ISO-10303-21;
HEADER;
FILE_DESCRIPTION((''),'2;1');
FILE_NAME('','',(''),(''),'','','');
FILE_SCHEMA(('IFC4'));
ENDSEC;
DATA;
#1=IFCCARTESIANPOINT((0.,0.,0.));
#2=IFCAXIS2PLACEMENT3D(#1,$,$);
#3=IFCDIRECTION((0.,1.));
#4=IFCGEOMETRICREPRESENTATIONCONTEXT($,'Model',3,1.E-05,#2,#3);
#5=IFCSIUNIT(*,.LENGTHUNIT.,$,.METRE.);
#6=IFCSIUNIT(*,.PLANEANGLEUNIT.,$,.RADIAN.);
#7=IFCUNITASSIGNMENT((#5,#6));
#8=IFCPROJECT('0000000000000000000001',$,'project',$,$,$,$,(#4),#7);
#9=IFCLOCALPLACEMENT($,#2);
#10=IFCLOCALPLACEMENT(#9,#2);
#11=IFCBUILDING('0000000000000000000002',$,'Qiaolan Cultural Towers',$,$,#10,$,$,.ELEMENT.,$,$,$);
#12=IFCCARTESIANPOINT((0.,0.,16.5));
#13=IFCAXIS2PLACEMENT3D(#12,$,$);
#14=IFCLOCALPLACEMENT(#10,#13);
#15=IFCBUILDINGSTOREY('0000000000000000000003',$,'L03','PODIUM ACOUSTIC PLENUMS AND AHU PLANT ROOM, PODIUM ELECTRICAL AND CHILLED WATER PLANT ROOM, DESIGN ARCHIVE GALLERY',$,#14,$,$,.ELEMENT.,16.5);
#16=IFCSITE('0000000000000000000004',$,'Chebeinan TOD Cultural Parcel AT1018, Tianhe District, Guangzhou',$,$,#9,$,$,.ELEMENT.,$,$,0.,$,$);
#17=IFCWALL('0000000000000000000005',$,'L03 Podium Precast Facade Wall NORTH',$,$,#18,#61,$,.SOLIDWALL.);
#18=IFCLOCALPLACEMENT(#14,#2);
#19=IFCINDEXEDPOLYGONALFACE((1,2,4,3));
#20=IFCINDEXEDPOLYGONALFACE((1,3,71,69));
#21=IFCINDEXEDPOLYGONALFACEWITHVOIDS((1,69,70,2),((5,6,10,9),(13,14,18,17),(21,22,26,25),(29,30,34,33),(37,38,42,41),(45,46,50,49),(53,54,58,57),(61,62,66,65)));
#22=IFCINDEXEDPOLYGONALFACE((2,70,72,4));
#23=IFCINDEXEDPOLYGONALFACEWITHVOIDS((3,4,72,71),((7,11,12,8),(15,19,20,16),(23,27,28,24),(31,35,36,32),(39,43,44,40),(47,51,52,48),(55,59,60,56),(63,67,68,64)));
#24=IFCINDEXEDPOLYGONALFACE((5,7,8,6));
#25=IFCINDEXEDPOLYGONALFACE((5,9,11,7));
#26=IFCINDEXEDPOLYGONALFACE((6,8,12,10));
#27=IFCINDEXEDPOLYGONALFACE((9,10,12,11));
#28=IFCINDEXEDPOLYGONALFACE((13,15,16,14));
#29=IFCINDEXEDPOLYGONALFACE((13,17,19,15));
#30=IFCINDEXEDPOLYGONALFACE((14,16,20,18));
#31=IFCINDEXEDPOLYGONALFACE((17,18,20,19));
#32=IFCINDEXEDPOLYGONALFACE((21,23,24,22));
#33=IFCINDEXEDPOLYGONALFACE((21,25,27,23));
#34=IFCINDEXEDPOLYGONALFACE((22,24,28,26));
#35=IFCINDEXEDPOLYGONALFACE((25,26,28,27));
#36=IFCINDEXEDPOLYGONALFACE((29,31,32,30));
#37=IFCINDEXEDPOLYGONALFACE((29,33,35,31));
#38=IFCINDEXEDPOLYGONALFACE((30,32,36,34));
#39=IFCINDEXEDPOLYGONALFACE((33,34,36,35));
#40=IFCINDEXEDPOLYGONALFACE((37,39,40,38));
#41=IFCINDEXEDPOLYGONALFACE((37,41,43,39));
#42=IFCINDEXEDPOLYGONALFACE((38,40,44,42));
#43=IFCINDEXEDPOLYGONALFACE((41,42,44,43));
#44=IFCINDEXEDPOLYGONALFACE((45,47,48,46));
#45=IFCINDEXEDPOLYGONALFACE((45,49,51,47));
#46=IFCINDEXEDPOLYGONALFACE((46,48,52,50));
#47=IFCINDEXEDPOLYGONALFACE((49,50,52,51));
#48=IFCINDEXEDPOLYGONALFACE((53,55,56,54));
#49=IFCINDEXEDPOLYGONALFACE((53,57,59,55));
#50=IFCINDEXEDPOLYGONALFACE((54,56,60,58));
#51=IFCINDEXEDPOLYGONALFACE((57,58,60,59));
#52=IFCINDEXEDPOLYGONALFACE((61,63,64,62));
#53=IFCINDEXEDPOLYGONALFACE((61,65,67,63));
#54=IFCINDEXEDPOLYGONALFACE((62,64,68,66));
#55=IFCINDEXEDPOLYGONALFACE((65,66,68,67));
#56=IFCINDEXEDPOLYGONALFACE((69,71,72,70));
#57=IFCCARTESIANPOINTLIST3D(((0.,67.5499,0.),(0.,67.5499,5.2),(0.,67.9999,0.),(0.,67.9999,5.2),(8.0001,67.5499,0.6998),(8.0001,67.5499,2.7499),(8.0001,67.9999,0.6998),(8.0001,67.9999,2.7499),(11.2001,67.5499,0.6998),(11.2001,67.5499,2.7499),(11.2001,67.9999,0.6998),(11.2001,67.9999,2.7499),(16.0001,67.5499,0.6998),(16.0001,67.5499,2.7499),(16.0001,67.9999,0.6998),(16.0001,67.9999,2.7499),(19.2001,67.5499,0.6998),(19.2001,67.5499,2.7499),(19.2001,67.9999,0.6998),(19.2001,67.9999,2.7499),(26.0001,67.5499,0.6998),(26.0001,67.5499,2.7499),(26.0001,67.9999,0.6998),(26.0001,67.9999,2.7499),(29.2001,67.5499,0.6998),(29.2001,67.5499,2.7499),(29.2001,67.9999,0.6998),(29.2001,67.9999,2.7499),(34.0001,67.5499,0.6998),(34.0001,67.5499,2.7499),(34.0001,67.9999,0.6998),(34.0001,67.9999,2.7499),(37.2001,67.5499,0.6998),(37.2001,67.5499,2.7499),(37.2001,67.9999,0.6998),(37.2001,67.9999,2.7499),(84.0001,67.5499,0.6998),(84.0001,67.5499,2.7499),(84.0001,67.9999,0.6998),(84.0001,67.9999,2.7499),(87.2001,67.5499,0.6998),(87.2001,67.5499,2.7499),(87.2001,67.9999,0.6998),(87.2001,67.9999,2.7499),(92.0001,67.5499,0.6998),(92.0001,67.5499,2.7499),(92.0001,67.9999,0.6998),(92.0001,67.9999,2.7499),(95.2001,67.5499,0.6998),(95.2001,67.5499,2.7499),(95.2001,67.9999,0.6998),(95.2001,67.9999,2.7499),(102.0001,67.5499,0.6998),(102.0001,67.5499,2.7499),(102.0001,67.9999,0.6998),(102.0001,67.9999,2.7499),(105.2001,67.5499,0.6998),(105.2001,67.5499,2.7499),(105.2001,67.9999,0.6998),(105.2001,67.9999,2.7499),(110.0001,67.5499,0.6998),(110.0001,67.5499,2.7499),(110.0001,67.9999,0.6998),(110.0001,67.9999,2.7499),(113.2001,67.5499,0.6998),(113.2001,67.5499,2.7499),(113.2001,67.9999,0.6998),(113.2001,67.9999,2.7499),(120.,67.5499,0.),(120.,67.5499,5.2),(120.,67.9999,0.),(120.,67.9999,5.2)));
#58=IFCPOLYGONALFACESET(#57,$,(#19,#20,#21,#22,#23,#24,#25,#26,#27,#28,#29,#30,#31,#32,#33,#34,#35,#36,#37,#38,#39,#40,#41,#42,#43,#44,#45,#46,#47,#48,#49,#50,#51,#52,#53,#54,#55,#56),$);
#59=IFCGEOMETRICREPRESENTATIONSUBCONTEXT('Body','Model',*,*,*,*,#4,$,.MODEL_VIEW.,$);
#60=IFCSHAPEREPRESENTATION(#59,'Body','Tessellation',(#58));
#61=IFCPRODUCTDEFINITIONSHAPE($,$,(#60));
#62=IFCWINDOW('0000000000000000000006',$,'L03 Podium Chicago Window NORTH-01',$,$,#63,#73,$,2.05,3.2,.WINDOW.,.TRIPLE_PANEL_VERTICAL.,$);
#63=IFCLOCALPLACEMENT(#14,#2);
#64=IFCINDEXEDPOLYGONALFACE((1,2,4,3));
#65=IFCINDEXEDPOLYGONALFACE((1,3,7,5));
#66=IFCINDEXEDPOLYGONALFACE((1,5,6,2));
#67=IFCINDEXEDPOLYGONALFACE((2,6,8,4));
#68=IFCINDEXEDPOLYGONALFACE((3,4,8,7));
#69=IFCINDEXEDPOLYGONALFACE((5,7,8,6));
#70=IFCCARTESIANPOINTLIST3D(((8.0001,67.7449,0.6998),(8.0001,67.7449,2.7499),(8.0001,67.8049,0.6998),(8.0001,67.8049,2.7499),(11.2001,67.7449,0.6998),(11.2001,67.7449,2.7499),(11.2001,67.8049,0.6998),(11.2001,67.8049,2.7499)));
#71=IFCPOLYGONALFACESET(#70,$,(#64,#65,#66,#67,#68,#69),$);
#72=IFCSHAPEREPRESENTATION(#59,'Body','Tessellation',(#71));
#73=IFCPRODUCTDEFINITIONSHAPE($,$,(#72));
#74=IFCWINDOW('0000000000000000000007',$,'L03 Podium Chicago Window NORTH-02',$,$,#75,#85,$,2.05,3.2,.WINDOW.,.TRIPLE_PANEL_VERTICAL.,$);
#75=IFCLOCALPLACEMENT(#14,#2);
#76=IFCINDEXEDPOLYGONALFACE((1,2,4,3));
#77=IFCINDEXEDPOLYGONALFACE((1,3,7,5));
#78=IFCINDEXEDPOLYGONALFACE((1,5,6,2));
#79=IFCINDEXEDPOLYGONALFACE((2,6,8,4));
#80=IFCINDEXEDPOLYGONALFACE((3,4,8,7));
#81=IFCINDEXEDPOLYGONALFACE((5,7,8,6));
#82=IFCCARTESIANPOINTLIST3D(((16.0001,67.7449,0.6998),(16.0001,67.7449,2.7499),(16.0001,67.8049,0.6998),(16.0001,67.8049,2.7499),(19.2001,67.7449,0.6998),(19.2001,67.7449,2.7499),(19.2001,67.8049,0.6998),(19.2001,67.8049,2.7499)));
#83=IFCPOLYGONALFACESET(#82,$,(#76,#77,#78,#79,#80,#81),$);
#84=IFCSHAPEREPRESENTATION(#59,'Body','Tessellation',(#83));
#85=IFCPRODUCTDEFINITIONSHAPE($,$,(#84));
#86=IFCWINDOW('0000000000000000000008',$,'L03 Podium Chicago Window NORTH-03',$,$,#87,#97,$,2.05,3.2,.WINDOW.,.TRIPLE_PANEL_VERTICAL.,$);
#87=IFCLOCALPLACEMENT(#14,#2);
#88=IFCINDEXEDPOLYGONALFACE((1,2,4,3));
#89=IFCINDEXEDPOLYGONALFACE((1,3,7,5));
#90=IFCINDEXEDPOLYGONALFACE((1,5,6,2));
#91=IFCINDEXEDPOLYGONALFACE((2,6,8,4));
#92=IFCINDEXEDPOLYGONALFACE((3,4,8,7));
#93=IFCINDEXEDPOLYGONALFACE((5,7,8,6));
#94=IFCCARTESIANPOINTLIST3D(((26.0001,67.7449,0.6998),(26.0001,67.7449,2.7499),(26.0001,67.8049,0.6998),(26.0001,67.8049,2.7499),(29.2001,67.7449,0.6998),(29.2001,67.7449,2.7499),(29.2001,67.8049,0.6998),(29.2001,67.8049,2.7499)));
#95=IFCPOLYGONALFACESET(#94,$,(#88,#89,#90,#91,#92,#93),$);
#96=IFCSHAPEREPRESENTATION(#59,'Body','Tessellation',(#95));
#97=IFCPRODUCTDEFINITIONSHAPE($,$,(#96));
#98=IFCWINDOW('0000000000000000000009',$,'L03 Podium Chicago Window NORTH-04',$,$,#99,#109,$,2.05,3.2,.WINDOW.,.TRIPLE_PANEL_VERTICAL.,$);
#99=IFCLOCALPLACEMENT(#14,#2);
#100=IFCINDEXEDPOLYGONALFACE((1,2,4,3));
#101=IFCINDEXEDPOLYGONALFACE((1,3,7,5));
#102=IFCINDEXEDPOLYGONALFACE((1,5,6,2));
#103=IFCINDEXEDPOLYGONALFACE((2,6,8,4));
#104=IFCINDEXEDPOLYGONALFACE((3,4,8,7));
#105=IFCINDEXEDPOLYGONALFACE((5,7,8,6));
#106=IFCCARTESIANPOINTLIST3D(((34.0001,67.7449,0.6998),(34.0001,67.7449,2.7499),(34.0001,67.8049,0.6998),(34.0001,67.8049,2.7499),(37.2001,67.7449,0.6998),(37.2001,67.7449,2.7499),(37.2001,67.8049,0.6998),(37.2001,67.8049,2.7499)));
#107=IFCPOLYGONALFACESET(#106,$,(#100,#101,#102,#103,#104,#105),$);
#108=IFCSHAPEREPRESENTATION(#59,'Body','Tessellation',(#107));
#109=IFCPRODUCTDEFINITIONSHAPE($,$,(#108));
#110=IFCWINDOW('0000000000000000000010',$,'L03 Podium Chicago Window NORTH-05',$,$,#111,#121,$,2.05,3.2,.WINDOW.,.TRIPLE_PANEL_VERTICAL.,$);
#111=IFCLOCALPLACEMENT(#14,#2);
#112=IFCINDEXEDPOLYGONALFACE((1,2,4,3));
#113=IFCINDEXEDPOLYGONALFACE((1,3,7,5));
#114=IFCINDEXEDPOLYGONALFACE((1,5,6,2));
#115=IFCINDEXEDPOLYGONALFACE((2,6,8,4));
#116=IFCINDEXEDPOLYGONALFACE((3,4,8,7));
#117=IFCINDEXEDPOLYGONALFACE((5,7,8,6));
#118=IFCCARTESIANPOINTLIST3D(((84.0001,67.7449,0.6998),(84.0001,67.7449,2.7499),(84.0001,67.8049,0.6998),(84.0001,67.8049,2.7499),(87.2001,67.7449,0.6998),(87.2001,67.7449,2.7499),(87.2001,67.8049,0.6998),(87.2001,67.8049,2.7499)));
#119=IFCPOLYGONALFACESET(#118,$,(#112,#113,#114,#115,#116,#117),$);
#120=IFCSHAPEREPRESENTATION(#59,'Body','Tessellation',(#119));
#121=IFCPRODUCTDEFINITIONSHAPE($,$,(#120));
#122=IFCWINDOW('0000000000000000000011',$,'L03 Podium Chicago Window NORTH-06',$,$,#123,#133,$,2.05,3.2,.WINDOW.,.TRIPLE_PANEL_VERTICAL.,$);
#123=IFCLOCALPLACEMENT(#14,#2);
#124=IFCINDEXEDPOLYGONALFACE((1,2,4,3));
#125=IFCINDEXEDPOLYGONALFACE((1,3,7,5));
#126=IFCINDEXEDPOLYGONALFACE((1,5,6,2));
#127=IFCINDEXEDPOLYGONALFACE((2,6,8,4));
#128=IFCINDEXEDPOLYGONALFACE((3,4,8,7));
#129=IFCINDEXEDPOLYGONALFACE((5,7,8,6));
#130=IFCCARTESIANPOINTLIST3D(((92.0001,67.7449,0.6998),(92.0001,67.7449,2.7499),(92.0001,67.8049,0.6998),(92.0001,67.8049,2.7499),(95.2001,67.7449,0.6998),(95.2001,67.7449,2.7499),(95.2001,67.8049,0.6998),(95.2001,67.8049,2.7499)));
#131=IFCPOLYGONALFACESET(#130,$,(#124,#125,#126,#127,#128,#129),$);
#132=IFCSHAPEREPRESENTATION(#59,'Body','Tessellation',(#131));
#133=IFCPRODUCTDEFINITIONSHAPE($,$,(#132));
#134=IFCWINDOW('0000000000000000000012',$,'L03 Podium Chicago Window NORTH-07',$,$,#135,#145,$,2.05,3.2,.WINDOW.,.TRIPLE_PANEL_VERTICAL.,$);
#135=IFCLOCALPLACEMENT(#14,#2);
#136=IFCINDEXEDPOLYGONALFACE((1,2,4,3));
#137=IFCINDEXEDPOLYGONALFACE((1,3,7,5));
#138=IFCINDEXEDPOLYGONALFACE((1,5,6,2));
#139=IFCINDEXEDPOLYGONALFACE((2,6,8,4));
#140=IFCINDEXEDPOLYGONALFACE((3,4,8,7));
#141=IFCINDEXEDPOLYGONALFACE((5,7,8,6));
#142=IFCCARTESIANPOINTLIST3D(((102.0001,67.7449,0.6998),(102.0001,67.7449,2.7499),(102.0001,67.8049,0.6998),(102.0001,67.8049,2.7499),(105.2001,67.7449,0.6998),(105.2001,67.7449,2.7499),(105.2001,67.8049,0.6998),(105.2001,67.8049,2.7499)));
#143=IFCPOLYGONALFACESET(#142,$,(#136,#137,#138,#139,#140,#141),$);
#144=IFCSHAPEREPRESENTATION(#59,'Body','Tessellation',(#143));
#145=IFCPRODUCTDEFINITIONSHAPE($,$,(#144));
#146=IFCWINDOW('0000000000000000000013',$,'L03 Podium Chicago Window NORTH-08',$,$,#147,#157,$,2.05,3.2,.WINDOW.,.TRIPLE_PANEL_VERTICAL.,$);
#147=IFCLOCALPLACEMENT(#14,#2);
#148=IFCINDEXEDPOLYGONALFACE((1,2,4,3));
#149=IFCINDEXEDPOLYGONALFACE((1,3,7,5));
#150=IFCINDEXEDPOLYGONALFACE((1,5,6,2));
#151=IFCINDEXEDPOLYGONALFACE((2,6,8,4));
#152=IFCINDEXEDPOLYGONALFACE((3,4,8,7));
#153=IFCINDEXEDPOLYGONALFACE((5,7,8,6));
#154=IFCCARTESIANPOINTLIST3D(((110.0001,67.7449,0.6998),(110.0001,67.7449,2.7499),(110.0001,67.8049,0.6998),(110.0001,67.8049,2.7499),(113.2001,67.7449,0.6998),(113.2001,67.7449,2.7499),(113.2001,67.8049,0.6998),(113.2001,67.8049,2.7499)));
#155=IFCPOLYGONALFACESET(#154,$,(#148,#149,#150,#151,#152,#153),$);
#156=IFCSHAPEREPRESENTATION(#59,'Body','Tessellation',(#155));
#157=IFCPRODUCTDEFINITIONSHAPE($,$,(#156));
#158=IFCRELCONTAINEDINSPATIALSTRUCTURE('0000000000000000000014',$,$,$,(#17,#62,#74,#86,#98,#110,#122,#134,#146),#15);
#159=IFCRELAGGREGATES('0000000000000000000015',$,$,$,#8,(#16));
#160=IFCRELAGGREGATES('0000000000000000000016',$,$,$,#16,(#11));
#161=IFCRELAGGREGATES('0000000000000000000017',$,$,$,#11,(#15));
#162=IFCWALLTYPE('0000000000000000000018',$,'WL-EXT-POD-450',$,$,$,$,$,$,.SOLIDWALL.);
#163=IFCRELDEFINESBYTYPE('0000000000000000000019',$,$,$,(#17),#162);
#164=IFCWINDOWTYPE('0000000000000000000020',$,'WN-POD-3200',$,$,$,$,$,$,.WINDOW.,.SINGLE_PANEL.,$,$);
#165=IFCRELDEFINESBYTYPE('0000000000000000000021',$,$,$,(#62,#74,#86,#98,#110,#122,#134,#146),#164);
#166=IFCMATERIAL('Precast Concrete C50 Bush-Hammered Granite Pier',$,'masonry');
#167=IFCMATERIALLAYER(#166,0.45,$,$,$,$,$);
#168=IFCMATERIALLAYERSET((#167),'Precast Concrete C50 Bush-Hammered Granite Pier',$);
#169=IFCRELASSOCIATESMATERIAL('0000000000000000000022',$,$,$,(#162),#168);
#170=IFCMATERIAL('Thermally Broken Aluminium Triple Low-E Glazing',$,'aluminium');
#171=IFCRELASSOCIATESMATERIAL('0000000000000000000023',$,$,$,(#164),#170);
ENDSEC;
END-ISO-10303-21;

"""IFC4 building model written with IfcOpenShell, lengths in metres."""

from ifc_helpers import new_model, si_unit, direction, frame, frame_2d, origin, place, context, subcontext, project, spatial, rectangle, extrude, material, layer, layer_set, type_object, element, fill, save


model = new_model("IFC4")

# Units and contexts
model_context = context("Model", 3, precision=1e-05, world=origin(), true_north=direction((0.0, 1.0)))
body_context = subcontext(model_context, "Body", "Model", "MODEL_VIEW")
ifc_project = project(units=[si_unit("LENGTHUNIT", "METRE"), si_unit("PLANEANGLEUNIT", "RADIAN")], contexts=[model_context])

# Site, building, storey
site_placement = place(None, origin())
site = spatial("IfcSite", under=ifc_project, at=site_placement, Name="Chebeinan TOD Cultural Parcel AT1018, Tianhe District, Guangzhou", CompositionType="ELEMENT", RefElevation=0.0)
building_placement = place(site_placement, origin())
building = spatial("IfcBuilding", under=site, at=building_placement, Name="Qiaolan Cultural Towers", CompositionType="ELEMENT")
storey_placement = place(building_placement, frame((0.0, 0.0, 16.5)))
storey = spatial("IfcBuildingStorey", under=building, at=storey_placement, Name="L03", Description="PODIUM ACOUSTIC PLENUMS AND AHU PLANT ROOM, PODIUM ELECTRICAL AND CHILLED WATER PLANT ROOM, DESIGN ARCHIVE GALLERY", CompositionType="ELEMENT", Elevation=16.5)

# Wall, openings, windows
ifc_material_1 = material(Name="Precast Concrete C50 Bush-Hammered Granite Pier", Category="masonry")
ifc_layer_1 = layer(ifc_material_1, 0.45)
ifc_layer_set_1 = layer_set([ifc_layer_1], Name="Precast Concrete C50 Bush-Hammered Granite Pier")
wall_type_1 = type_object("IfcWallType", Name="WL-EXT-POD-450", PredefinedType="SOLIDWALL", material=ifc_layer_set_1)
wall_1_placement = place(storey_placement, frame((0.0, 67.7749, 0.0), z_axis=(0.0, 0.0, 1.0), x_axis=(1.0, 0.0, 0.0)))
wall_1 = element("IfcWall", 1, at=wall_1_placement, inside=storey, type_object=wall_type_1, Name="L03 Podium Precast Facade Wall NORTH", PredefinedType="SOLIDWALL", context=body_context, shape_type="SweptSolid", body=[
    extrude(rectangle(XDim=120.0, YDim=0.45, at=frame_2d((60.0, 0.0))), origin(), (0.0, 0.0, 1.0), 5.2),
])
opening_1_placement = place(wall_1_placement, frame((8.0, 0.0, 0.7)))
opening_1 = element("IfcOpeningElement", 2, at=opening_1_placement, cuts=wall_1, PredefinedType="OPENING", context=body_context, shape_type="SweptSolid", body=[
    extrude(rectangle(XDim=3.2, YDim=2.05, at=frame_2d((1.6001, 1.0249))), frame((0.0, 0.2349, 0.0), z_axis=(0.0, -1.0, 0.0), x_axis=(1.0, 0.0, 0.0)), (0.0, 0.0, 1.0), 0.47),
])
opening_2_placement = place(wall_1_placement, frame((16.0, 0.0, 0.7)))
opening_2 = element("IfcOpeningElement", 3, at=opening_2_placement, cuts=wall_1, PredefinedType="OPENING", context=body_context, shape_type="SweptSolid", body=[
    extrude(rectangle(XDim=3.2, YDim=2.05, at=frame_2d((1.6001, 1.0249))), frame((0.0, 0.2349, 0.0), z_axis=(0.0, -1.0, 0.0), x_axis=(1.0, 0.0, 0.0)), (0.0, 0.0, 1.0), 0.47),
])
opening_3_placement = place(wall_1_placement, frame((26.0, 0.0, 0.7)))
opening_3 = element("IfcOpeningElement", 4, at=opening_3_placement, cuts=wall_1, PredefinedType="OPENING", context=body_context, shape_type="SweptSolid", body=[
    extrude(rectangle(XDim=3.2, YDim=2.05, at=frame_2d((1.6001, 1.0249))), frame((0.0, 0.2349, 0.0), z_axis=(0.0, -1.0, 0.0), x_axis=(1.0, 0.0, 0.0)), (0.0, 0.0, 1.0), 0.47),
])
opening_4_placement = place(wall_1_placement, frame((34.0, 0.0, 0.7)))
opening_4 = element("IfcOpeningElement", 5, at=opening_4_placement, cuts=wall_1, PredefinedType="OPENING", context=body_context, shape_type="SweptSolid", body=[
    extrude(rectangle(XDim=3.2, YDim=2.05, at=frame_2d((1.6001, 1.0249))), frame((0.0, 0.2349, 0.0), z_axis=(0.0, -1.0, 0.0), x_axis=(1.0, 0.0, 0.0)), (0.0, 0.0, 1.0), 0.47),
])
opening_5_placement = place(wall_1_placement, frame((84.0, 0.0, 0.7)))
opening_5 = element("IfcOpeningElement", 6, at=opening_5_placement, cuts=wall_1, PredefinedType="OPENING", context=body_context, shape_type="SweptSolid", body=[
    extrude(rectangle(XDim=3.2, YDim=2.05, at=frame_2d((1.6001, 1.0249))), frame((0.0, 0.2349, 0.0), z_axis=(0.0, -1.0, 0.0), x_axis=(1.0, 0.0, 0.0)), (0.0, 0.0, 1.0), 0.47),
])
opening_6_placement = place(wall_1_placement, frame((92.0, 0.0, 0.7)))
opening_6 = element("IfcOpeningElement", 7, at=opening_6_placement, cuts=wall_1, PredefinedType="OPENING", context=body_context, shape_type="SweptSolid", body=[
    extrude(rectangle(XDim=3.2, YDim=2.05, at=frame_2d((1.6001, 1.0249))), frame((0.0, 0.2349, 0.0), z_axis=(0.0, -1.0, 0.0), x_axis=(1.0, 0.0, 0.0)), (0.0, 0.0, 1.0), 0.47),
])
opening_7_placement = place(wall_1_placement, frame((102.0, 0.0, 0.7)))
opening_7 = element("IfcOpeningElement", 8, at=opening_7_placement, cuts=wall_1, PredefinedType="OPENING", context=body_context, shape_type="SweptSolid", body=[
    extrude(rectangle(XDim=3.2, YDim=2.05, at=frame_2d((1.6001, 1.0249))), frame((0.0, 0.2349, 0.0), z_axis=(0.0, -1.0, 0.0), x_axis=(1.0, 0.0, 0.0)), (0.0, 0.0, 1.0), 0.47),
])
opening_8_placement = place(wall_1_placement, frame((110.0, 0.0, 0.7)))
opening_8 = element("IfcOpeningElement", 9, at=opening_8_placement, cuts=wall_1, PredefinedType="OPENING", context=body_context, shape_type="SweptSolid", body=[
    extrude(rectangle(XDim=3.2, YDim=2.05, at=frame_2d((1.6001, 1.0249))), frame((0.0, 0.2349, 0.0), z_axis=(0.0, -1.0, 0.0), x_axis=(1.0, 0.0, 0.0)), (0.0, 0.0, 1.0), 0.47),
])
ifc_material_2 = material(Name="Thermally Broken Aluminium Triple Low-E Glazing", Category="aluminium")
window_type = type_object("IfcWindowType", Name="WN-POD-3200", PartitioningType="SINGLE_PANEL", PredefinedType="WINDOW", material=ifc_material_2)
window_1_placement = place(opening_1_placement, origin())
window_1 = element("IfcWindow", 10, at=window_1_placement, inside=storey, type_object=window_type, Name="L03 Podium Chicago Window NORTH-01", OverallHeight=2.05, OverallWidth=3.2, PartitioningType="TRIPLE_PANEL_VERTICAL", PredefinedType="WINDOW", context=body_context, shape_type="SweptSolid", body=[
    extrude(rectangle(XDim=3.2, YDim=2.05, at=frame_2d((1.6001, 1.0249))), frame((0.0, 0.03, 0.0), z_axis=(0.0, -1.0, 0.0), x_axis=(1.0, 0.0, 0.0)), (0.0, 0.0, 1.0), 0.0601),
])
fill(opening_1, window_1)
window_2_placement = place(opening_2_placement, origin())
window_2 = element("IfcWindow", 11, at=window_2_placement, inside=storey, type_object=window_type, Name="L03 Podium Chicago Window NORTH-02", OverallHeight=2.05, OverallWidth=3.2, PartitioningType="TRIPLE_PANEL_VERTICAL", PredefinedType="WINDOW", context=body_context, shape_type="SweptSolid", body=[
    extrude(rectangle(XDim=3.2, YDim=2.05, at=frame_2d((1.6001, 1.0249))), frame((0.0, 0.03, 0.0), z_axis=(0.0, -1.0, 0.0), x_axis=(1.0, 0.0, 0.0)), (0.0, 0.0, 1.0), 0.0601),
])
fill(opening_2, window_2)
window_3_placement = place(opening_3_placement, origin())
window_3 = element("IfcWindow", 12, at=window_3_placement, inside=storey, type_object=window_type, Name="L03 Podium Chicago Window NORTH-03", OverallHeight=2.05, OverallWidth=3.2, PartitioningType="TRIPLE_PANEL_VERTICAL", PredefinedType="WINDOW", context=body_context, shape_type="SweptSolid", body=[
    extrude(rectangle(XDim=3.2, YDim=2.05, at=frame_2d((1.6001, 1.0249))), frame((0.0, 0.03, 0.0), z_axis=(0.0, -1.0, 0.0), x_axis=(1.0, 0.0, 0.0)), (0.0, 0.0, 1.0), 0.0601),
])
fill(opening_3, window_3)
window_4_placement = place(opening_4_placement, origin())
window_4 = element("IfcWindow", 13, at=window_4_placement, inside=storey, type_object=window_type, Name="L03 Podium Chicago Window NORTH-04", OverallHeight=2.05, OverallWidth=3.2, PartitioningType="TRIPLE_PANEL_VERTICAL", PredefinedType="WINDOW", context=body_context, shape_type="SweptSolid", body=[
    extrude(rectangle(XDim=3.2, YDim=2.05, at=frame_2d((1.6001, 1.0249))), frame((0.0, 0.03, 0.0), z_axis=(0.0, -1.0, 0.0), x_axis=(1.0, 0.0, 0.0)), (0.0, 0.0, 1.0), 0.0601),
])
fill(opening_4, window_4)
window_5_placement = place(opening_5_placement, origin())
window_5 = element("IfcWindow", 14, at=window_5_placement, inside=storey, type_object=window_type, Name="L03 Podium Chicago Window NORTH-05", OverallHeight=2.05, OverallWidth=3.2, PartitioningType="TRIPLE_PANEL_VERTICAL", PredefinedType="WINDOW", context=body_context, shape_type="SweptSolid", body=[
    extrude(rectangle(XDim=3.2, YDim=2.05, at=frame_2d((1.6001, 1.0249))), frame((0.0, 0.03, 0.0), z_axis=(0.0, -1.0, 0.0), x_axis=(1.0, 0.0, 0.0)), (0.0, 0.0, 1.0), 0.0601),
])
fill(opening_5, window_5)
window_6_placement = place(opening_6_placement, origin())
window_6 = element("IfcWindow", 15, at=window_6_placement, inside=storey, type_object=window_type, Name="L03 Podium Chicago Window NORTH-06", OverallHeight=2.05, OverallWidth=3.2, PartitioningType="TRIPLE_PANEL_VERTICAL", PredefinedType="WINDOW", context=body_context, shape_type="SweptSolid", body=[
    extrude(rectangle(XDim=3.2, YDim=2.05, at=frame_2d((1.6001, 1.0249))), frame((0.0, 0.03, 0.0), z_axis=(0.0, -1.0, 0.0), x_axis=(1.0, 0.0, 0.0)), (0.0, 0.0, 1.0), 0.0601),
])
fill(opening_6, window_6)
window_7_placement = place(opening_7_placement, origin())
window_7 = element("IfcWindow", 16, at=window_7_placement, inside=storey, type_object=window_type, Name="L03 Podium Chicago Window NORTH-07", OverallHeight=2.05, OverallWidth=3.2, PartitioningType="TRIPLE_PANEL_VERTICAL", PredefinedType="WINDOW", context=body_context, shape_type="SweptSolid", body=[
    extrude(rectangle(XDim=3.2, YDim=2.05, at=frame_2d((1.6001, 1.0249))), frame((0.0, 0.03, 0.0), z_axis=(0.0, -1.0, 0.0), x_axis=(1.0, 0.0, 0.0)), (0.0, 0.0, 1.0), 0.0601),
])
fill(opening_7, window_7)
window_8_placement = place(opening_8_placement, origin())
window_8 = element("IfcWindow", 17, at=window_8_placement, inside=storey, type_object=window_type, Name="L03 Podium Chicago Window NORTH-08", OverallHeight=2.05, OverallWidth=3.2, PartitioningType="TRIPLE_PANEL_VERTICAL", PredefinedType="WINDOW", context=body_context, shape_type="SweptSolid", body=[
    extrude(rectangle(XDim=3.2, YDim=2.05, at=frame_2d((1.6001, 1.0249))), frame((0.0, 0.03, 0.0), z_axis=(0.0, -1.0, 0.0), x_axis=(1.0, 0.0, 0.0)), (0.0, 0.0, 1.0), 0.0601),
])
fill(opening_8, window_8)

save(model, "model.ifc")
